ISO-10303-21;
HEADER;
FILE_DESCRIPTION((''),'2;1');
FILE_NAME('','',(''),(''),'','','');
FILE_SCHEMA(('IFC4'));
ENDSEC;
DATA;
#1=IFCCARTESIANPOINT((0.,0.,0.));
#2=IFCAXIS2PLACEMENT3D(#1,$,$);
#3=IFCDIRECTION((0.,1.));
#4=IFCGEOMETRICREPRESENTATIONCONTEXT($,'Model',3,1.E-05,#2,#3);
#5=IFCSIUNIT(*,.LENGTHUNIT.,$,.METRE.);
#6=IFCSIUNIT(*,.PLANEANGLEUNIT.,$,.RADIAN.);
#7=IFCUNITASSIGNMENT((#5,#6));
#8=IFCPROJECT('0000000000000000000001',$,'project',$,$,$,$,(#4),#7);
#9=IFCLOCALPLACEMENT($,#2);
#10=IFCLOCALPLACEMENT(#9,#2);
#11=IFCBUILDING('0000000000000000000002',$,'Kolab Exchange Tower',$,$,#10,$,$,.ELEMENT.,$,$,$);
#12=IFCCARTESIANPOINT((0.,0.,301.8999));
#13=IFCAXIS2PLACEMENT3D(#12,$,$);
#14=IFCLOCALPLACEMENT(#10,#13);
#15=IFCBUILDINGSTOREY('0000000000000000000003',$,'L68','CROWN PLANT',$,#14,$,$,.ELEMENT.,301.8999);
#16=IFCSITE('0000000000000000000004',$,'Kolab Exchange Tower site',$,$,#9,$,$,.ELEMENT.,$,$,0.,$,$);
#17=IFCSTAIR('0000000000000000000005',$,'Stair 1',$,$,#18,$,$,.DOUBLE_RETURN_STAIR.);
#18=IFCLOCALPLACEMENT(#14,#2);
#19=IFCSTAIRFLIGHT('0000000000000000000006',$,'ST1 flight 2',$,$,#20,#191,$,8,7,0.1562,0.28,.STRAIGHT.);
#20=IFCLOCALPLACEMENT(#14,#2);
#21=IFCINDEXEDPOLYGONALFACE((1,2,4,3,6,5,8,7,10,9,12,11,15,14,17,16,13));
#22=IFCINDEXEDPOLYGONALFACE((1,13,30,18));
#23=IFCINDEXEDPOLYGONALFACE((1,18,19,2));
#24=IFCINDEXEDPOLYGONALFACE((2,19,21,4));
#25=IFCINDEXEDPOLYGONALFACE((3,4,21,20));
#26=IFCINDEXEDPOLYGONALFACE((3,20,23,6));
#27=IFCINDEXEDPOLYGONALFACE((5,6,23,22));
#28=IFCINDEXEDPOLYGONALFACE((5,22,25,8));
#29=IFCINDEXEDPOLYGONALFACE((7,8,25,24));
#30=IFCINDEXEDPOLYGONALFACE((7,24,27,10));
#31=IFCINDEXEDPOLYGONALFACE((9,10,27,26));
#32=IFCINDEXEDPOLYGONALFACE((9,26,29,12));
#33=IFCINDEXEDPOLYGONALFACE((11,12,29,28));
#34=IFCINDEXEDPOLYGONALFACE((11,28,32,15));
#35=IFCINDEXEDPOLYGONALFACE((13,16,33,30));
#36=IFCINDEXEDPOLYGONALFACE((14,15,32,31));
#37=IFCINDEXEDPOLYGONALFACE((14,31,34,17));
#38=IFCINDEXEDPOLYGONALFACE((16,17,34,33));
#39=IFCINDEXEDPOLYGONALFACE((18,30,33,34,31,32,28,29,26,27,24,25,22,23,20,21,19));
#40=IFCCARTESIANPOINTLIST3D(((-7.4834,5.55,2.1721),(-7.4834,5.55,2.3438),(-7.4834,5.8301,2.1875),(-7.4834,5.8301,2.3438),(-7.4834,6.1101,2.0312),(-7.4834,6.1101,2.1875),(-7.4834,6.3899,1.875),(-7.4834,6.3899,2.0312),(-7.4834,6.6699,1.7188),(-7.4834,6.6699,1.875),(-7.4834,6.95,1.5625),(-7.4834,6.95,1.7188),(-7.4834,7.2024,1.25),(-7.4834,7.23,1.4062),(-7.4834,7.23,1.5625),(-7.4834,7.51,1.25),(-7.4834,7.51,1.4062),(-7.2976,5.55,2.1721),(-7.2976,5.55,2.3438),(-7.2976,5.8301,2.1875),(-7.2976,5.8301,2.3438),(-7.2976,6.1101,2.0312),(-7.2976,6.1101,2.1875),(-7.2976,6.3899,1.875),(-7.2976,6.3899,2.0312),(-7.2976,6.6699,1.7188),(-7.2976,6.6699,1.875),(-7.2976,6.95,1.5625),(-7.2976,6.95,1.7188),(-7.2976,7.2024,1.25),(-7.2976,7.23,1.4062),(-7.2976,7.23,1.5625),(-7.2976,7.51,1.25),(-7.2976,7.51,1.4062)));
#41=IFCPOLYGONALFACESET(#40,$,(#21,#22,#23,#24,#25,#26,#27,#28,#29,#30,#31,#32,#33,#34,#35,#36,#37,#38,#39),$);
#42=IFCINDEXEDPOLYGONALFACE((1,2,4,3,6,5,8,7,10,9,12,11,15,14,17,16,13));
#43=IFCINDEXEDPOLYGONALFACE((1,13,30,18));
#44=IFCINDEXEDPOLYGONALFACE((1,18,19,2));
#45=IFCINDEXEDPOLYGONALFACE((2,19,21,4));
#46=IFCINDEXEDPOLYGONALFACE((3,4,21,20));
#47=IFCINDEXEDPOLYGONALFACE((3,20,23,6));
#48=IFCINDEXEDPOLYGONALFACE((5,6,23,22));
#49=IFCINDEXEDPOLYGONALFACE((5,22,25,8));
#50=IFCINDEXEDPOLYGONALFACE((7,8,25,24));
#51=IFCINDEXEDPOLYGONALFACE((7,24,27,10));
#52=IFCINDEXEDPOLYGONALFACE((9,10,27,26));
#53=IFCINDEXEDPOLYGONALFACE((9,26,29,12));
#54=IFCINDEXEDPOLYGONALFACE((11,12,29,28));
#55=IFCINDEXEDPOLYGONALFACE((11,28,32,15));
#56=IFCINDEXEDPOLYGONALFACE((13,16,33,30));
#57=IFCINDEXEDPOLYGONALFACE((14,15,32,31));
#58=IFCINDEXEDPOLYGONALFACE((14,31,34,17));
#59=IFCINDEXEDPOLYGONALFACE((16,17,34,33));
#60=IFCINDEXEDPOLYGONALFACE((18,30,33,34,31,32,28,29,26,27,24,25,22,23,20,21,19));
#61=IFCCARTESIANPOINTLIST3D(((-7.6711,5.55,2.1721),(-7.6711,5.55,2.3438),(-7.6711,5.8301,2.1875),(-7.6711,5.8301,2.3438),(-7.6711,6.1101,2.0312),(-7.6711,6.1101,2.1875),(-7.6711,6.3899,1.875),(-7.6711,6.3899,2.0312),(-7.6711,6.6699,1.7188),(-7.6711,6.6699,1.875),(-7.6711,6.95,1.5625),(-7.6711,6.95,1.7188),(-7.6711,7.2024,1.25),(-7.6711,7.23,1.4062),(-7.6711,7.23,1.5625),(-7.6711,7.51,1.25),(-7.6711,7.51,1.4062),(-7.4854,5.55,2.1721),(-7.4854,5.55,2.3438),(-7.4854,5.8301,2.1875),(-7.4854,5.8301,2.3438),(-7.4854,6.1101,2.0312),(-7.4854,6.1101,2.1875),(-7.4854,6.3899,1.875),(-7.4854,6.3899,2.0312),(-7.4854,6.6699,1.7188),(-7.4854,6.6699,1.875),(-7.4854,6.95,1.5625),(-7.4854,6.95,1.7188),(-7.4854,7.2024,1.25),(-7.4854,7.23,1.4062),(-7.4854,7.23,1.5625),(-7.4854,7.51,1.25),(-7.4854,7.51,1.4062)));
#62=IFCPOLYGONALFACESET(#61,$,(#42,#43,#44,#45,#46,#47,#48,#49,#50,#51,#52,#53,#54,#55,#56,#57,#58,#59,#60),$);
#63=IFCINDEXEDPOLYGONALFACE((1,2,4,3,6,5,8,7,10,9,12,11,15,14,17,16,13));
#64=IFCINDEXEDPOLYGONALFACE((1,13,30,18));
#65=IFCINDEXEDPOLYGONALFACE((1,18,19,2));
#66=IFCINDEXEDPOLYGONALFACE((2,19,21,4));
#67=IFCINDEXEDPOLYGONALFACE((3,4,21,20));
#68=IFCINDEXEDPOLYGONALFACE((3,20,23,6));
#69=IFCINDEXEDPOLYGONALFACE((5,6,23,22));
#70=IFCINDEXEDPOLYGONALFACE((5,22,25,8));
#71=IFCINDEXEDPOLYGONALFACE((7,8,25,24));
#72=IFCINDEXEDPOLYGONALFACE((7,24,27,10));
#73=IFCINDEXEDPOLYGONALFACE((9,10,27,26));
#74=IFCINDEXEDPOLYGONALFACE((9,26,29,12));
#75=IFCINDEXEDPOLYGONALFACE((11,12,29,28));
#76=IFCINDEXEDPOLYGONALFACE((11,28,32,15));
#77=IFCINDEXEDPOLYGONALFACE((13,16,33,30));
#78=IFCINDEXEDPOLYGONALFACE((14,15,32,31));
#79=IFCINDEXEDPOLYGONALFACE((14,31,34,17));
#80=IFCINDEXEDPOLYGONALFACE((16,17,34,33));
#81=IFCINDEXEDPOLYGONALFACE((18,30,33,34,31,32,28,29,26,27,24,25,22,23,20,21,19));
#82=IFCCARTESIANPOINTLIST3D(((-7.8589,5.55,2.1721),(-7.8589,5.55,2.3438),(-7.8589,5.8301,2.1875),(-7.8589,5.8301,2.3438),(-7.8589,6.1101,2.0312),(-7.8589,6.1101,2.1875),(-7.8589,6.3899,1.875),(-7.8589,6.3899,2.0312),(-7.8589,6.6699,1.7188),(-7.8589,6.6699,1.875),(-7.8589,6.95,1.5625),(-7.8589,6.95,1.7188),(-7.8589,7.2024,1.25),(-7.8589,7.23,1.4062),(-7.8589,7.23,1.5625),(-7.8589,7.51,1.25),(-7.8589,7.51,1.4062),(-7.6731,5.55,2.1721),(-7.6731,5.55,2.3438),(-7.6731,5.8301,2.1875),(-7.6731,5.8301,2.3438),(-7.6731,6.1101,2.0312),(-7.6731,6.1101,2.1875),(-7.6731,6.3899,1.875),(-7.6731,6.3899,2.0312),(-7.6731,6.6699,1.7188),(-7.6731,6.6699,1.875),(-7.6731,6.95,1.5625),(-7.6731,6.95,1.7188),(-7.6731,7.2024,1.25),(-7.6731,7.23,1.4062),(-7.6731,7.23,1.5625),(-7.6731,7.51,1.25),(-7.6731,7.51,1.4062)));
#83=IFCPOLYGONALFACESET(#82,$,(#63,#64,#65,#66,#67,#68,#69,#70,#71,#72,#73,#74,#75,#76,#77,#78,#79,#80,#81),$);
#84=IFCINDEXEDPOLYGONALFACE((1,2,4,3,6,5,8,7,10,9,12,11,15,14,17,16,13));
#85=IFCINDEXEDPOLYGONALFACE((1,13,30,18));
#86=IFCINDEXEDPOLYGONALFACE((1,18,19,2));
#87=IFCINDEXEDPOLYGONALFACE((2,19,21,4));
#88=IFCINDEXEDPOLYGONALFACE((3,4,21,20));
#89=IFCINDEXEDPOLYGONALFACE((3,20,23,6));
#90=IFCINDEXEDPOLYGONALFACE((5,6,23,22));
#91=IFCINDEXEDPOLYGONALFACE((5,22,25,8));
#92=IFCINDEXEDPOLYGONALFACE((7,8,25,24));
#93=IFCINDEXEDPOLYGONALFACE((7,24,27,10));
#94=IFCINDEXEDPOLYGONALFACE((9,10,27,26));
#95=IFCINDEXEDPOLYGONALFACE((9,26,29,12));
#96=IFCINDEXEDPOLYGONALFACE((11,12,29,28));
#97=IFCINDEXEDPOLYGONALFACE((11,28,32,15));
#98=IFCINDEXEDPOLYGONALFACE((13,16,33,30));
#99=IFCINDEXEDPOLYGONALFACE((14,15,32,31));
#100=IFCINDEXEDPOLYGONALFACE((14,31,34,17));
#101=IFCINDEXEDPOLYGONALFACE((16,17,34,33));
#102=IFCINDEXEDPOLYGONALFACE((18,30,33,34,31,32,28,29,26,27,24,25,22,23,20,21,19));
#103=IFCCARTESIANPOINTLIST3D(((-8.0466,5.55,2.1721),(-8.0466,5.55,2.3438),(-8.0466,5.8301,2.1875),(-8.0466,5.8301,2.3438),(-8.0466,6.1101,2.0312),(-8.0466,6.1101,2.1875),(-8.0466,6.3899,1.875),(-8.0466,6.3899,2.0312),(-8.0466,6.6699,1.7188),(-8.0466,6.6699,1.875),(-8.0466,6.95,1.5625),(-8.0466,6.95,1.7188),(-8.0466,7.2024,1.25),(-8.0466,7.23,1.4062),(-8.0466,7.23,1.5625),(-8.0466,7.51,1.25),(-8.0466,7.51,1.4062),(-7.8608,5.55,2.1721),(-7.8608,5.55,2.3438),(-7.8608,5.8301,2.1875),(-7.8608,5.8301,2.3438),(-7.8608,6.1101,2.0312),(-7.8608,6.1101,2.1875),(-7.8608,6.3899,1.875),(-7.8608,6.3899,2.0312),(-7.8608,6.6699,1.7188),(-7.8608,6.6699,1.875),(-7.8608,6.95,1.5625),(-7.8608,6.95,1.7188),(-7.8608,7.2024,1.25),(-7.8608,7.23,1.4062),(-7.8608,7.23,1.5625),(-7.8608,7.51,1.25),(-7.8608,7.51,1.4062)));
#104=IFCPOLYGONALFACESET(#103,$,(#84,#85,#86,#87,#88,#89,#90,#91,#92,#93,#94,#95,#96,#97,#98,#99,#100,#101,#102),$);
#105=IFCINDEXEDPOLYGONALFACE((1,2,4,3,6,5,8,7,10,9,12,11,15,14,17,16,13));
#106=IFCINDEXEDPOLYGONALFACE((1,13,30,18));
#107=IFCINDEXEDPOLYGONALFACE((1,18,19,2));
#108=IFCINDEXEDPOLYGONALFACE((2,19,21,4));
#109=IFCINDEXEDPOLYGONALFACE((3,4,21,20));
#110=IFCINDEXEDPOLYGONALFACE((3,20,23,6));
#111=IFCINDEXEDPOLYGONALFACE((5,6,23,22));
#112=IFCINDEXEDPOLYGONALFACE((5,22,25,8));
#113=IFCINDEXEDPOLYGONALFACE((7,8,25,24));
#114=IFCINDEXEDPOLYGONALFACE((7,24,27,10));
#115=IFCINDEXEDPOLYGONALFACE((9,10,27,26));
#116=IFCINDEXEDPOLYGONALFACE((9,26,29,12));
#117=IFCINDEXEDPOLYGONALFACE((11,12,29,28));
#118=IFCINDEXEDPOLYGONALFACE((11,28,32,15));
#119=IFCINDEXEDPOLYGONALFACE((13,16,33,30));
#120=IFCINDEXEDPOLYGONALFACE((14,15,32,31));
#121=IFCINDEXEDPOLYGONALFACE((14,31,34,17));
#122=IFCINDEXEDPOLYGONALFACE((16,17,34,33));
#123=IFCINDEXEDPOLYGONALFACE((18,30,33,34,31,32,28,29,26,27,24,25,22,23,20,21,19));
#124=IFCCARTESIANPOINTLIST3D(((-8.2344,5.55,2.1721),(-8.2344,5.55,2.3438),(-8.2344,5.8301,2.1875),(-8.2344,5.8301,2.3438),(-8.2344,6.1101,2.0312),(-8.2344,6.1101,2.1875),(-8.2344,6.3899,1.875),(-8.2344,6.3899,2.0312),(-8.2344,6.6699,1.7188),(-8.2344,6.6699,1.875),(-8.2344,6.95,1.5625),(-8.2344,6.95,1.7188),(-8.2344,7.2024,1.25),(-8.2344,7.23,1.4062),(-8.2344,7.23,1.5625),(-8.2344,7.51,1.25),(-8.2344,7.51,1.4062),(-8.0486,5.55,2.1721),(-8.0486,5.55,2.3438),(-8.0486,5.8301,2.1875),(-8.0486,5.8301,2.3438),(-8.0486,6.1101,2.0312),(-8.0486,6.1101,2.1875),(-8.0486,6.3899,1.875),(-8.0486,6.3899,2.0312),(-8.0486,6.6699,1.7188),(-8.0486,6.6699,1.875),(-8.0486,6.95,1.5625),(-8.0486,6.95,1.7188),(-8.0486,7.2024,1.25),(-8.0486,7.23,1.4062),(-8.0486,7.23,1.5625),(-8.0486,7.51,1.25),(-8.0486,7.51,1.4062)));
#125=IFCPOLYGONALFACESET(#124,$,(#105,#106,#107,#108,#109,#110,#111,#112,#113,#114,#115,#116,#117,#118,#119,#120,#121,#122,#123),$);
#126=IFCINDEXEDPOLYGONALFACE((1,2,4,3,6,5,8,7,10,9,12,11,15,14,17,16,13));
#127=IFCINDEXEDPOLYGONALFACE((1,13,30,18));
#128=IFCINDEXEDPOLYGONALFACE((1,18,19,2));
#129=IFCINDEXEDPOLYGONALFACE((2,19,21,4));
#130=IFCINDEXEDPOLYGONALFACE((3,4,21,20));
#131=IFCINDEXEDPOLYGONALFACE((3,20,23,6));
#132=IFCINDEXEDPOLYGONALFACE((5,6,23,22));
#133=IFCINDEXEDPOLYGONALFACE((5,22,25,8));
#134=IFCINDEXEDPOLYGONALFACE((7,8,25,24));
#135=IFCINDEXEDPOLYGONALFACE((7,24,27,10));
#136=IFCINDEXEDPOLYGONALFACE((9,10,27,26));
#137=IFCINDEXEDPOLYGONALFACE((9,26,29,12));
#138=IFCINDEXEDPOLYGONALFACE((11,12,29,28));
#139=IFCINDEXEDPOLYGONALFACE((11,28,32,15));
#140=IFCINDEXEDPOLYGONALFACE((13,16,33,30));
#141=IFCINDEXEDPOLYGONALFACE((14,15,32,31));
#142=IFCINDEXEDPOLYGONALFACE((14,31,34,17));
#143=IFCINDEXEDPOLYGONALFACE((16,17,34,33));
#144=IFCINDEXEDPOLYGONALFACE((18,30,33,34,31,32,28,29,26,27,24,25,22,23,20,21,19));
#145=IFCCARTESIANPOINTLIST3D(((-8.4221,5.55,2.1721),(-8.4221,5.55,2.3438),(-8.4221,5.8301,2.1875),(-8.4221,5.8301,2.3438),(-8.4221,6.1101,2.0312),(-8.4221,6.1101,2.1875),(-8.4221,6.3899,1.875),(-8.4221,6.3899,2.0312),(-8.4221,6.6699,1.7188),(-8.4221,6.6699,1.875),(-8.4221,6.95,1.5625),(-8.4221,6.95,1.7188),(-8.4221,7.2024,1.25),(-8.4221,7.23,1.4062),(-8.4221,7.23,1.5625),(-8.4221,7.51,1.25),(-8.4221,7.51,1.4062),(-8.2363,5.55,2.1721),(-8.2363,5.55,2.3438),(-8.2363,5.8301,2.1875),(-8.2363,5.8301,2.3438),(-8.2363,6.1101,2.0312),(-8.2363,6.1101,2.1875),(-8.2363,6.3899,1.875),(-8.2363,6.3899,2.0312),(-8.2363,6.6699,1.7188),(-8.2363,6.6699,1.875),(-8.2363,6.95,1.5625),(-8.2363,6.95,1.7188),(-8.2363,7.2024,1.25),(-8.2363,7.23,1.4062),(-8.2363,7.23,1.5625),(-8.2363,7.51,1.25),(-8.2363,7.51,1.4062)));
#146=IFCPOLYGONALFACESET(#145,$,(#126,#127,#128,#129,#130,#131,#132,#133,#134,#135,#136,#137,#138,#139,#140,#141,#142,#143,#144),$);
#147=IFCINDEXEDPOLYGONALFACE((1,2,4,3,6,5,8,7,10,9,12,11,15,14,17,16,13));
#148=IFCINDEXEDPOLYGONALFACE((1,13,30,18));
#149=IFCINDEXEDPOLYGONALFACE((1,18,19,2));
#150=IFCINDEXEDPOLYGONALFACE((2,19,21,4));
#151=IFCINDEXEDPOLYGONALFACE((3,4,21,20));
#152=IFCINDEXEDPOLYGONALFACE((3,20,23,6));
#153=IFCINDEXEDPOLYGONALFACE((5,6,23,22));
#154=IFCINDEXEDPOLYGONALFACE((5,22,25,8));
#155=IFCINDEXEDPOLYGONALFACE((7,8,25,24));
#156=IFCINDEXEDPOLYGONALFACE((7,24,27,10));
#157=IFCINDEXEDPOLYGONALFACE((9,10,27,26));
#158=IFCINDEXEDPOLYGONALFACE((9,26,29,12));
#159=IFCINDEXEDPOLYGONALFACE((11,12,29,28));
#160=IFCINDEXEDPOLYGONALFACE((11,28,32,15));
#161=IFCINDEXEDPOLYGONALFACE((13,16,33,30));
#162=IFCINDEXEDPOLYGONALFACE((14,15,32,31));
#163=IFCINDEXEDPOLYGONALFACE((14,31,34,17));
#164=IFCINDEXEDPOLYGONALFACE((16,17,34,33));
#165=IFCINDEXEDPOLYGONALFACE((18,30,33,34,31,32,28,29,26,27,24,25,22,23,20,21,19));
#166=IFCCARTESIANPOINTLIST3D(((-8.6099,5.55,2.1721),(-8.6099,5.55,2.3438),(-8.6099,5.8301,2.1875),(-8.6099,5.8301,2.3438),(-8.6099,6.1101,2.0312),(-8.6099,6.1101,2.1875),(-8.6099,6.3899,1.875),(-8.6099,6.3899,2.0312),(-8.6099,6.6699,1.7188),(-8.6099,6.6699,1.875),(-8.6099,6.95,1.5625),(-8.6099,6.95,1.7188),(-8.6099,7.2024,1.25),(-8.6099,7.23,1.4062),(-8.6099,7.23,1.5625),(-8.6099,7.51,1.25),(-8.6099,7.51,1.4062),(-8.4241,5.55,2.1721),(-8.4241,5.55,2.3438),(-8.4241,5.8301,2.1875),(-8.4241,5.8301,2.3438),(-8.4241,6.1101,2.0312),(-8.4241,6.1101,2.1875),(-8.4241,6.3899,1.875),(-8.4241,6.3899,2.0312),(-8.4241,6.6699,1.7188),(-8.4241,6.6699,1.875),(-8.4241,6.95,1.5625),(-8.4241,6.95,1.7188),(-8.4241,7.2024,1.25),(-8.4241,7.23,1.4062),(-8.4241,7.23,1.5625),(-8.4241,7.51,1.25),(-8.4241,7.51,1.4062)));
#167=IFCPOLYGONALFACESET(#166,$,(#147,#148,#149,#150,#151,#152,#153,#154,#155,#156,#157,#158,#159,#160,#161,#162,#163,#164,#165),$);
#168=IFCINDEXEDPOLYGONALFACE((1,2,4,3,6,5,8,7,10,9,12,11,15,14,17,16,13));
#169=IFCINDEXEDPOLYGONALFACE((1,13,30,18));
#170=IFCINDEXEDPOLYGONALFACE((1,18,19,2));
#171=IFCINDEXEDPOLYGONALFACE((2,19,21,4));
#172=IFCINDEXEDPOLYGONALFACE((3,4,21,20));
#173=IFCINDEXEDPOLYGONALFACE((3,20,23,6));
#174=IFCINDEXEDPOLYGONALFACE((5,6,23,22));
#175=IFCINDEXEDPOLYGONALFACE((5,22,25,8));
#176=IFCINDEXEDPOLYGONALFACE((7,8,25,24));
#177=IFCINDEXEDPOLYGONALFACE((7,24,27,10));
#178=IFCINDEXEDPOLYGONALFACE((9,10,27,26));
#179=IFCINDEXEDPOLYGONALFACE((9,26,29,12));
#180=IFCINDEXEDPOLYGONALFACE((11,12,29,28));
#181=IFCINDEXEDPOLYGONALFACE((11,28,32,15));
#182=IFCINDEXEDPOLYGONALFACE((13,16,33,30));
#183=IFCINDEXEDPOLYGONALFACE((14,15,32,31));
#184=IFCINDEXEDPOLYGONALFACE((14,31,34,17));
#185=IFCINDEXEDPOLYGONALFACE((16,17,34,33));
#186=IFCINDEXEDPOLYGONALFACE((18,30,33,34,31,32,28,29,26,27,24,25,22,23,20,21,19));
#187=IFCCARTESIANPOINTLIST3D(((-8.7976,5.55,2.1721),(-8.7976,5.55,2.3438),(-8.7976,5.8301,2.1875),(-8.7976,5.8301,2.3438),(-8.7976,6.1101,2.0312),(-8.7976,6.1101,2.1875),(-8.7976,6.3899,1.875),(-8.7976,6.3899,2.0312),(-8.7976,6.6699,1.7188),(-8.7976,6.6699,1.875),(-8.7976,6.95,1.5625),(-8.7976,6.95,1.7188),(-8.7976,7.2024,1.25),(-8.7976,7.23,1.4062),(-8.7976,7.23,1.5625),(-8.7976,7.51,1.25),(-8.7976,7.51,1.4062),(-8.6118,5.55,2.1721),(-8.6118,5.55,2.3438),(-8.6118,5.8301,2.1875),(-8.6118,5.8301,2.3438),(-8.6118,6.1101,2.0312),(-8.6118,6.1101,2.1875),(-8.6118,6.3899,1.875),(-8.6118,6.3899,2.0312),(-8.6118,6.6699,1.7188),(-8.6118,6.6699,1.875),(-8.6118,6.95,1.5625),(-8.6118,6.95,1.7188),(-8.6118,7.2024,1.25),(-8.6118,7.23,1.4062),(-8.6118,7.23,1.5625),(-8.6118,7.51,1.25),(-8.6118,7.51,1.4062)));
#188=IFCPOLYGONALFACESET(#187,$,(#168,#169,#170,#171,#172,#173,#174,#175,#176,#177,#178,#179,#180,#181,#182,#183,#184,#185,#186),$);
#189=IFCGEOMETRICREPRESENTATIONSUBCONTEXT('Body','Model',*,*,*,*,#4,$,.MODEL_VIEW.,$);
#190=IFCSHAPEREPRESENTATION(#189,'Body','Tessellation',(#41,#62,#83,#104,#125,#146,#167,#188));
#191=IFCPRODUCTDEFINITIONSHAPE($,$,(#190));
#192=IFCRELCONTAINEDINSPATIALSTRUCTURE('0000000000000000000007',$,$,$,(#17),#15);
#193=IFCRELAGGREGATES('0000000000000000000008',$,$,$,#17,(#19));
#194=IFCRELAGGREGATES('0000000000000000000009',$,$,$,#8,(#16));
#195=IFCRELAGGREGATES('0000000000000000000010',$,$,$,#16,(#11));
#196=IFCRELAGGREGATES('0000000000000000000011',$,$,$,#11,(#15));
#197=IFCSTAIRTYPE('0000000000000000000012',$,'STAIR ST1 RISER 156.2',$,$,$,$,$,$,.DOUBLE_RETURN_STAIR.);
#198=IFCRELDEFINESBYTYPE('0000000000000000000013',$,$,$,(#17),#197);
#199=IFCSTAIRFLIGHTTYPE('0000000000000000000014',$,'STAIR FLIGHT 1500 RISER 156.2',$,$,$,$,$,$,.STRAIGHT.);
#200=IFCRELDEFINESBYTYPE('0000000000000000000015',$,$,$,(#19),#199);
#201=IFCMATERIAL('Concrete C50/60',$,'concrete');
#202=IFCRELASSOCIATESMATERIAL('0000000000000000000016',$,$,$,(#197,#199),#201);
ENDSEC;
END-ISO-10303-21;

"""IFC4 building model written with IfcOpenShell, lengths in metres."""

from ifc_helpers import new_model, si_unit, direction, frame, origin, place, context, subcontext, project, spatial, polyline, outline, extrude, material, type_object, element, aggregate, save


model = new_model("IFC4")

# Units and contexts
model_context = context("Model", 3, precision=1e-05, world=origin(), true_north=direction((0.0, 1.0)))
body_context = subcontext(model_context, "Body", "Model", "MODEL_VIEW")
ifc_project = project(units=[si_unit("LENGTHUNIT", "METRE"), si_unit("PLANEANGLEUNIT", "RADIAN")], contexts=[model_context])

# Site, building, storey
site_placement = place(None, origin())
site = spatial("IfcSite", under=ifc_project, at=site_placement, Name="Kolab Exchange Tower site", CompositionType="ELEMENT", RefElevation=0.0)
building_placement = place(site_placement, origin())
building = spatial("IfcBuilding", under=site, at=building_placement, Name="Kolab Exchange Tower", CompositionType="ELEMENT")
storey_placement = place(building_placement, frame((0.0, 0.0, 301.8999)))
storey = spatial("IfcBuildingStorey", under=building, at=storey_placement, Name="L68", Description="CROWN PLANT", CompositionType="ELEMENT", Elevation=301.8999)

# Shared definitions
ifc_material_1 = material(Name="Concrete C50/60", Category="concrete")

# Stair, stair flight
stair_type = type_object("IfcStairType", Name="STAIR ST1 RISER 156.2", PredefinedType="DOUBLE_RETURN_STAIR", material=ifc_material_1)
stair_placement = place(storey_placement, origin())
stair = element("IfcStair", 1, at=stair_placement, inside=storey, type_object=stair_type, Name="Stair 1", PredefinedType="DOUBLE_RETURN_STAIR")
stair_flight_type = type_object("IfcStairFlightType", Name="STAIR FLIGHT 1500 RISER 156.2", PredefinedType="STRAIGHT", material=ifc_material_1)
stair_flight_1_placement = place(storey_placement, frame((-8.0476, 7.51, 1.25), z_axis=(0.0, 0.0, 1.0), x_axis=(0.0, -1.0, 0.0)))
stair_flight_1 = element("IfcStairFlight", 2, at=stair_flight_1_placement, type_object=stair_flight_type, Name="ST1 flight 2", NumberOfRisers=8, NumberOfTreads=7, PredefinedType="STRAIGHT", RiserHeight=0.1562, TreadLength=0.28, context=body_context, shape_type="SweptSolid", body=[
    extrude(outline(polyline([(0.0, 0.0), (0.0, 0.1562), (0.28, 0.1562), (0.28, 0.3125), (0.5601, 0.3125), (0.5601, 0.4688), (0.8401, 0.4688), (0.8401, 0.625), (1.1201, 0.625), (1.1201, 0.7812), (1.3999, 0.7812), (1.3999, 0.9375), (1.6799, 0.9375), (1.6799, 1.0938), (1.96, 1.0938), (1.96, 1.25), (1.96, 0.9221), (0.3076, 0.0), (0.0, 0.0)])), frame((0.0, 0.75, 0.0), z_axis=(0.0, -1.0, 0.0), x_axis=(1.0, 0.0, 0.0)), (0.0, 0.0, 1.0), 0.1858),
    extrude(outline(polyline([(0.0, 0.0), (0.0, 0.1562), (0.28, 0.1562), (0.28, 0.3125), (0.5601, 0.3125), (0.5601, 0.4688), (0.8401, 0.4688), (0.8401, 0.625), (1.1201, 0.625), (1.1201, 0.7812), (1.3999, 0.7812), (1.3999, 0.9375), (1.6799, 0.9375), (1.6799, 1.0938), (1.96, 1.0938), (1.96, 1.25), (1.96, 0.9221), (0.3076, 0.0), (0.0, 0.0)])), frame((0.0, 0.5623, 0.0), z_axis=(0.0, -1.0, 0.0), x_axis=(1.0, 0.0, 0.0)), (0.0, 0.0, 1.0), 0.1858),
    extrude(outline(polyline([(0.0, 0.0), (0.0, 0.1562), (0.28, 0.1562), (0.28, 0.3125), (0.5601, 0.3125), (0.5601, 0.4688), (0.8401, 0.4688), (0.8401, 0.625), (1.1201, 0.625), (1.1201, 0.7812), (1.3999, 0.7812), (1.3999, 0.9375), (1.6799, 0.9375), (1.6799, 1.0938), (1.96, 1.0938), (1.96, 1.25), (1.96, 0.9221), (0.3076, 0.0), (0.0, 0.0)])), frame((0.0, 0.3745, 0.0), z_axis=(0.0, -1.0, 0.0), x_axis=(1.0, 0.0, 0.0)), (0.0, 0.0, 1.0), 0.1858),
    extrude(outline(polyline([(0.0, 0.0), (0.0, 0.1562), (0.28, 0.1562), (0.28, 0.3125), (0.5601, 0.3125), (0.5601, 0.4688), (0.8401, 0.4688), (0.8401, 0.625), (1.1201, 0.625), (1.1201, 0.7812), (1.3999, 0.7812), (1.3999, 0.9375), (1.6799, 0.9375), (1.6799, 1.0938), (1.96, 1.0938), (1.96, 1.25), (1.96, 0.9221), (0.3076, 0.0), (0.0, 0.0)])), frame((0.0, 0.1868, 0.0), z_axis=(0.0, -1.0, 0.0), x_axis=(1.0, 0.0, 0.0)), (0.0, 0.0, 1.0), 0.1858),
    extrude(outline(polyline([(0.0, 0.0), (0.0, 0.1562), (0.28, 0.1562), (0.28, 0.3125), (0.5601, 0.3125), (0.5601, 0.4688), (0.8401, 0.4688), (0.8401, 0.625), (1.1201, 0.625), (1.1201, 0.7812), (1.3999, 0.7812), (1.3999, 0.9375), (1.6799, 0.9375), (1.6799, 1.0938), (1.96, 1.0938), (1.96, 1.25), (1.96, 0.9221), (0.3076, 0.0), (0.0, 0.0)])), frame((0.0, -0.001, 0.0), z_axis=(0.0, -1.0, 0.0), x_axis=(1.0, 0.0, 0.0)), (0.0, 0.0, 1.0), 0.1858),
    extrude(outline(polyline([(0.0, 0.0), (0.0, 0.1562), (0.28, 0.1562), (0.28, 0.3125), (0.5601, 0.3125), (0.5601, 0.4688), (0.8401, 0.4688), (0.8401, 0.625), (1.1201, 0.625), (1.1201, 0.7812), (1.3999, 0.7812), (1.3999, 0.9375), (1.6799, 0.9375), (1.6799, 1.0938), (1.96, 1.0938), (1.96, 1.25), (1.96, 0.9221), (0.3076, 0.0), (0.0, 0.0)])), frame((0.0, -0.1887, 0.0), z_axis=(0.0, -1.0, 0.0), x_axis=(1.0, 0.0, 0.0)), (0.0, 0.0, 1.0), 0.1858),
    extrude(outline(polyline([(0.0, 0.0), (0.0, 0.1562), (0.28, 0.1562), (0.28, 0.3125), (0.5601, 0.3125), (0.5601, 0.4688), (0.8401, 0.4688), (0.8401, 0.625), (1.1201, 0.625), (1.1201, 0.7812), (1.3999, 0.7812), (1.3999, 0.9375), (1.6799, 0.9375), (1.6799, 1.0938), (1.96, 1.0938), (1.96, 1.25), (1.96, 0.9221), (0.3076, 0.0), (0.0, 0.0)])), frame((0.0, -0.3765, 0.0), z_axis=(0.0, -1.0, 0.0), x_axis=(1.0, 0.0, 0.0)), (0.0, 0.0, 1.0), 0.1858),
    extrude(outline(polyline([(0.0, 0.0), (0.0, 0.1562), (0.28, 0.1562), (0.28, 0.3125), (0.5601, 0.3125), (0.5601, 0.4688), (0.8401, 0.4688), (0.8401, 0.625), (1.1201, 0.625), (1.1201, 0.7812), (1.3999, 0.7812), (1.3999, 0.9375), (1.6799, 0.9375), (1.6799, 1.0938), (1.96, 1.0938), (1.96, 1.25), (1.96, 0.9221), (0.3076, 0.0), (0.0, 0.0)])), frame((0.0, -0.5642, 0.0), z_axis=(0.0, -1.0, 0.0), x_axis=(1.0, 0.0, 0.0)), (0.0, 0.0, 1.0), 0.1858),
])
aggregate(stair, [stair_flight_1])

save(model, "model.ifc")
